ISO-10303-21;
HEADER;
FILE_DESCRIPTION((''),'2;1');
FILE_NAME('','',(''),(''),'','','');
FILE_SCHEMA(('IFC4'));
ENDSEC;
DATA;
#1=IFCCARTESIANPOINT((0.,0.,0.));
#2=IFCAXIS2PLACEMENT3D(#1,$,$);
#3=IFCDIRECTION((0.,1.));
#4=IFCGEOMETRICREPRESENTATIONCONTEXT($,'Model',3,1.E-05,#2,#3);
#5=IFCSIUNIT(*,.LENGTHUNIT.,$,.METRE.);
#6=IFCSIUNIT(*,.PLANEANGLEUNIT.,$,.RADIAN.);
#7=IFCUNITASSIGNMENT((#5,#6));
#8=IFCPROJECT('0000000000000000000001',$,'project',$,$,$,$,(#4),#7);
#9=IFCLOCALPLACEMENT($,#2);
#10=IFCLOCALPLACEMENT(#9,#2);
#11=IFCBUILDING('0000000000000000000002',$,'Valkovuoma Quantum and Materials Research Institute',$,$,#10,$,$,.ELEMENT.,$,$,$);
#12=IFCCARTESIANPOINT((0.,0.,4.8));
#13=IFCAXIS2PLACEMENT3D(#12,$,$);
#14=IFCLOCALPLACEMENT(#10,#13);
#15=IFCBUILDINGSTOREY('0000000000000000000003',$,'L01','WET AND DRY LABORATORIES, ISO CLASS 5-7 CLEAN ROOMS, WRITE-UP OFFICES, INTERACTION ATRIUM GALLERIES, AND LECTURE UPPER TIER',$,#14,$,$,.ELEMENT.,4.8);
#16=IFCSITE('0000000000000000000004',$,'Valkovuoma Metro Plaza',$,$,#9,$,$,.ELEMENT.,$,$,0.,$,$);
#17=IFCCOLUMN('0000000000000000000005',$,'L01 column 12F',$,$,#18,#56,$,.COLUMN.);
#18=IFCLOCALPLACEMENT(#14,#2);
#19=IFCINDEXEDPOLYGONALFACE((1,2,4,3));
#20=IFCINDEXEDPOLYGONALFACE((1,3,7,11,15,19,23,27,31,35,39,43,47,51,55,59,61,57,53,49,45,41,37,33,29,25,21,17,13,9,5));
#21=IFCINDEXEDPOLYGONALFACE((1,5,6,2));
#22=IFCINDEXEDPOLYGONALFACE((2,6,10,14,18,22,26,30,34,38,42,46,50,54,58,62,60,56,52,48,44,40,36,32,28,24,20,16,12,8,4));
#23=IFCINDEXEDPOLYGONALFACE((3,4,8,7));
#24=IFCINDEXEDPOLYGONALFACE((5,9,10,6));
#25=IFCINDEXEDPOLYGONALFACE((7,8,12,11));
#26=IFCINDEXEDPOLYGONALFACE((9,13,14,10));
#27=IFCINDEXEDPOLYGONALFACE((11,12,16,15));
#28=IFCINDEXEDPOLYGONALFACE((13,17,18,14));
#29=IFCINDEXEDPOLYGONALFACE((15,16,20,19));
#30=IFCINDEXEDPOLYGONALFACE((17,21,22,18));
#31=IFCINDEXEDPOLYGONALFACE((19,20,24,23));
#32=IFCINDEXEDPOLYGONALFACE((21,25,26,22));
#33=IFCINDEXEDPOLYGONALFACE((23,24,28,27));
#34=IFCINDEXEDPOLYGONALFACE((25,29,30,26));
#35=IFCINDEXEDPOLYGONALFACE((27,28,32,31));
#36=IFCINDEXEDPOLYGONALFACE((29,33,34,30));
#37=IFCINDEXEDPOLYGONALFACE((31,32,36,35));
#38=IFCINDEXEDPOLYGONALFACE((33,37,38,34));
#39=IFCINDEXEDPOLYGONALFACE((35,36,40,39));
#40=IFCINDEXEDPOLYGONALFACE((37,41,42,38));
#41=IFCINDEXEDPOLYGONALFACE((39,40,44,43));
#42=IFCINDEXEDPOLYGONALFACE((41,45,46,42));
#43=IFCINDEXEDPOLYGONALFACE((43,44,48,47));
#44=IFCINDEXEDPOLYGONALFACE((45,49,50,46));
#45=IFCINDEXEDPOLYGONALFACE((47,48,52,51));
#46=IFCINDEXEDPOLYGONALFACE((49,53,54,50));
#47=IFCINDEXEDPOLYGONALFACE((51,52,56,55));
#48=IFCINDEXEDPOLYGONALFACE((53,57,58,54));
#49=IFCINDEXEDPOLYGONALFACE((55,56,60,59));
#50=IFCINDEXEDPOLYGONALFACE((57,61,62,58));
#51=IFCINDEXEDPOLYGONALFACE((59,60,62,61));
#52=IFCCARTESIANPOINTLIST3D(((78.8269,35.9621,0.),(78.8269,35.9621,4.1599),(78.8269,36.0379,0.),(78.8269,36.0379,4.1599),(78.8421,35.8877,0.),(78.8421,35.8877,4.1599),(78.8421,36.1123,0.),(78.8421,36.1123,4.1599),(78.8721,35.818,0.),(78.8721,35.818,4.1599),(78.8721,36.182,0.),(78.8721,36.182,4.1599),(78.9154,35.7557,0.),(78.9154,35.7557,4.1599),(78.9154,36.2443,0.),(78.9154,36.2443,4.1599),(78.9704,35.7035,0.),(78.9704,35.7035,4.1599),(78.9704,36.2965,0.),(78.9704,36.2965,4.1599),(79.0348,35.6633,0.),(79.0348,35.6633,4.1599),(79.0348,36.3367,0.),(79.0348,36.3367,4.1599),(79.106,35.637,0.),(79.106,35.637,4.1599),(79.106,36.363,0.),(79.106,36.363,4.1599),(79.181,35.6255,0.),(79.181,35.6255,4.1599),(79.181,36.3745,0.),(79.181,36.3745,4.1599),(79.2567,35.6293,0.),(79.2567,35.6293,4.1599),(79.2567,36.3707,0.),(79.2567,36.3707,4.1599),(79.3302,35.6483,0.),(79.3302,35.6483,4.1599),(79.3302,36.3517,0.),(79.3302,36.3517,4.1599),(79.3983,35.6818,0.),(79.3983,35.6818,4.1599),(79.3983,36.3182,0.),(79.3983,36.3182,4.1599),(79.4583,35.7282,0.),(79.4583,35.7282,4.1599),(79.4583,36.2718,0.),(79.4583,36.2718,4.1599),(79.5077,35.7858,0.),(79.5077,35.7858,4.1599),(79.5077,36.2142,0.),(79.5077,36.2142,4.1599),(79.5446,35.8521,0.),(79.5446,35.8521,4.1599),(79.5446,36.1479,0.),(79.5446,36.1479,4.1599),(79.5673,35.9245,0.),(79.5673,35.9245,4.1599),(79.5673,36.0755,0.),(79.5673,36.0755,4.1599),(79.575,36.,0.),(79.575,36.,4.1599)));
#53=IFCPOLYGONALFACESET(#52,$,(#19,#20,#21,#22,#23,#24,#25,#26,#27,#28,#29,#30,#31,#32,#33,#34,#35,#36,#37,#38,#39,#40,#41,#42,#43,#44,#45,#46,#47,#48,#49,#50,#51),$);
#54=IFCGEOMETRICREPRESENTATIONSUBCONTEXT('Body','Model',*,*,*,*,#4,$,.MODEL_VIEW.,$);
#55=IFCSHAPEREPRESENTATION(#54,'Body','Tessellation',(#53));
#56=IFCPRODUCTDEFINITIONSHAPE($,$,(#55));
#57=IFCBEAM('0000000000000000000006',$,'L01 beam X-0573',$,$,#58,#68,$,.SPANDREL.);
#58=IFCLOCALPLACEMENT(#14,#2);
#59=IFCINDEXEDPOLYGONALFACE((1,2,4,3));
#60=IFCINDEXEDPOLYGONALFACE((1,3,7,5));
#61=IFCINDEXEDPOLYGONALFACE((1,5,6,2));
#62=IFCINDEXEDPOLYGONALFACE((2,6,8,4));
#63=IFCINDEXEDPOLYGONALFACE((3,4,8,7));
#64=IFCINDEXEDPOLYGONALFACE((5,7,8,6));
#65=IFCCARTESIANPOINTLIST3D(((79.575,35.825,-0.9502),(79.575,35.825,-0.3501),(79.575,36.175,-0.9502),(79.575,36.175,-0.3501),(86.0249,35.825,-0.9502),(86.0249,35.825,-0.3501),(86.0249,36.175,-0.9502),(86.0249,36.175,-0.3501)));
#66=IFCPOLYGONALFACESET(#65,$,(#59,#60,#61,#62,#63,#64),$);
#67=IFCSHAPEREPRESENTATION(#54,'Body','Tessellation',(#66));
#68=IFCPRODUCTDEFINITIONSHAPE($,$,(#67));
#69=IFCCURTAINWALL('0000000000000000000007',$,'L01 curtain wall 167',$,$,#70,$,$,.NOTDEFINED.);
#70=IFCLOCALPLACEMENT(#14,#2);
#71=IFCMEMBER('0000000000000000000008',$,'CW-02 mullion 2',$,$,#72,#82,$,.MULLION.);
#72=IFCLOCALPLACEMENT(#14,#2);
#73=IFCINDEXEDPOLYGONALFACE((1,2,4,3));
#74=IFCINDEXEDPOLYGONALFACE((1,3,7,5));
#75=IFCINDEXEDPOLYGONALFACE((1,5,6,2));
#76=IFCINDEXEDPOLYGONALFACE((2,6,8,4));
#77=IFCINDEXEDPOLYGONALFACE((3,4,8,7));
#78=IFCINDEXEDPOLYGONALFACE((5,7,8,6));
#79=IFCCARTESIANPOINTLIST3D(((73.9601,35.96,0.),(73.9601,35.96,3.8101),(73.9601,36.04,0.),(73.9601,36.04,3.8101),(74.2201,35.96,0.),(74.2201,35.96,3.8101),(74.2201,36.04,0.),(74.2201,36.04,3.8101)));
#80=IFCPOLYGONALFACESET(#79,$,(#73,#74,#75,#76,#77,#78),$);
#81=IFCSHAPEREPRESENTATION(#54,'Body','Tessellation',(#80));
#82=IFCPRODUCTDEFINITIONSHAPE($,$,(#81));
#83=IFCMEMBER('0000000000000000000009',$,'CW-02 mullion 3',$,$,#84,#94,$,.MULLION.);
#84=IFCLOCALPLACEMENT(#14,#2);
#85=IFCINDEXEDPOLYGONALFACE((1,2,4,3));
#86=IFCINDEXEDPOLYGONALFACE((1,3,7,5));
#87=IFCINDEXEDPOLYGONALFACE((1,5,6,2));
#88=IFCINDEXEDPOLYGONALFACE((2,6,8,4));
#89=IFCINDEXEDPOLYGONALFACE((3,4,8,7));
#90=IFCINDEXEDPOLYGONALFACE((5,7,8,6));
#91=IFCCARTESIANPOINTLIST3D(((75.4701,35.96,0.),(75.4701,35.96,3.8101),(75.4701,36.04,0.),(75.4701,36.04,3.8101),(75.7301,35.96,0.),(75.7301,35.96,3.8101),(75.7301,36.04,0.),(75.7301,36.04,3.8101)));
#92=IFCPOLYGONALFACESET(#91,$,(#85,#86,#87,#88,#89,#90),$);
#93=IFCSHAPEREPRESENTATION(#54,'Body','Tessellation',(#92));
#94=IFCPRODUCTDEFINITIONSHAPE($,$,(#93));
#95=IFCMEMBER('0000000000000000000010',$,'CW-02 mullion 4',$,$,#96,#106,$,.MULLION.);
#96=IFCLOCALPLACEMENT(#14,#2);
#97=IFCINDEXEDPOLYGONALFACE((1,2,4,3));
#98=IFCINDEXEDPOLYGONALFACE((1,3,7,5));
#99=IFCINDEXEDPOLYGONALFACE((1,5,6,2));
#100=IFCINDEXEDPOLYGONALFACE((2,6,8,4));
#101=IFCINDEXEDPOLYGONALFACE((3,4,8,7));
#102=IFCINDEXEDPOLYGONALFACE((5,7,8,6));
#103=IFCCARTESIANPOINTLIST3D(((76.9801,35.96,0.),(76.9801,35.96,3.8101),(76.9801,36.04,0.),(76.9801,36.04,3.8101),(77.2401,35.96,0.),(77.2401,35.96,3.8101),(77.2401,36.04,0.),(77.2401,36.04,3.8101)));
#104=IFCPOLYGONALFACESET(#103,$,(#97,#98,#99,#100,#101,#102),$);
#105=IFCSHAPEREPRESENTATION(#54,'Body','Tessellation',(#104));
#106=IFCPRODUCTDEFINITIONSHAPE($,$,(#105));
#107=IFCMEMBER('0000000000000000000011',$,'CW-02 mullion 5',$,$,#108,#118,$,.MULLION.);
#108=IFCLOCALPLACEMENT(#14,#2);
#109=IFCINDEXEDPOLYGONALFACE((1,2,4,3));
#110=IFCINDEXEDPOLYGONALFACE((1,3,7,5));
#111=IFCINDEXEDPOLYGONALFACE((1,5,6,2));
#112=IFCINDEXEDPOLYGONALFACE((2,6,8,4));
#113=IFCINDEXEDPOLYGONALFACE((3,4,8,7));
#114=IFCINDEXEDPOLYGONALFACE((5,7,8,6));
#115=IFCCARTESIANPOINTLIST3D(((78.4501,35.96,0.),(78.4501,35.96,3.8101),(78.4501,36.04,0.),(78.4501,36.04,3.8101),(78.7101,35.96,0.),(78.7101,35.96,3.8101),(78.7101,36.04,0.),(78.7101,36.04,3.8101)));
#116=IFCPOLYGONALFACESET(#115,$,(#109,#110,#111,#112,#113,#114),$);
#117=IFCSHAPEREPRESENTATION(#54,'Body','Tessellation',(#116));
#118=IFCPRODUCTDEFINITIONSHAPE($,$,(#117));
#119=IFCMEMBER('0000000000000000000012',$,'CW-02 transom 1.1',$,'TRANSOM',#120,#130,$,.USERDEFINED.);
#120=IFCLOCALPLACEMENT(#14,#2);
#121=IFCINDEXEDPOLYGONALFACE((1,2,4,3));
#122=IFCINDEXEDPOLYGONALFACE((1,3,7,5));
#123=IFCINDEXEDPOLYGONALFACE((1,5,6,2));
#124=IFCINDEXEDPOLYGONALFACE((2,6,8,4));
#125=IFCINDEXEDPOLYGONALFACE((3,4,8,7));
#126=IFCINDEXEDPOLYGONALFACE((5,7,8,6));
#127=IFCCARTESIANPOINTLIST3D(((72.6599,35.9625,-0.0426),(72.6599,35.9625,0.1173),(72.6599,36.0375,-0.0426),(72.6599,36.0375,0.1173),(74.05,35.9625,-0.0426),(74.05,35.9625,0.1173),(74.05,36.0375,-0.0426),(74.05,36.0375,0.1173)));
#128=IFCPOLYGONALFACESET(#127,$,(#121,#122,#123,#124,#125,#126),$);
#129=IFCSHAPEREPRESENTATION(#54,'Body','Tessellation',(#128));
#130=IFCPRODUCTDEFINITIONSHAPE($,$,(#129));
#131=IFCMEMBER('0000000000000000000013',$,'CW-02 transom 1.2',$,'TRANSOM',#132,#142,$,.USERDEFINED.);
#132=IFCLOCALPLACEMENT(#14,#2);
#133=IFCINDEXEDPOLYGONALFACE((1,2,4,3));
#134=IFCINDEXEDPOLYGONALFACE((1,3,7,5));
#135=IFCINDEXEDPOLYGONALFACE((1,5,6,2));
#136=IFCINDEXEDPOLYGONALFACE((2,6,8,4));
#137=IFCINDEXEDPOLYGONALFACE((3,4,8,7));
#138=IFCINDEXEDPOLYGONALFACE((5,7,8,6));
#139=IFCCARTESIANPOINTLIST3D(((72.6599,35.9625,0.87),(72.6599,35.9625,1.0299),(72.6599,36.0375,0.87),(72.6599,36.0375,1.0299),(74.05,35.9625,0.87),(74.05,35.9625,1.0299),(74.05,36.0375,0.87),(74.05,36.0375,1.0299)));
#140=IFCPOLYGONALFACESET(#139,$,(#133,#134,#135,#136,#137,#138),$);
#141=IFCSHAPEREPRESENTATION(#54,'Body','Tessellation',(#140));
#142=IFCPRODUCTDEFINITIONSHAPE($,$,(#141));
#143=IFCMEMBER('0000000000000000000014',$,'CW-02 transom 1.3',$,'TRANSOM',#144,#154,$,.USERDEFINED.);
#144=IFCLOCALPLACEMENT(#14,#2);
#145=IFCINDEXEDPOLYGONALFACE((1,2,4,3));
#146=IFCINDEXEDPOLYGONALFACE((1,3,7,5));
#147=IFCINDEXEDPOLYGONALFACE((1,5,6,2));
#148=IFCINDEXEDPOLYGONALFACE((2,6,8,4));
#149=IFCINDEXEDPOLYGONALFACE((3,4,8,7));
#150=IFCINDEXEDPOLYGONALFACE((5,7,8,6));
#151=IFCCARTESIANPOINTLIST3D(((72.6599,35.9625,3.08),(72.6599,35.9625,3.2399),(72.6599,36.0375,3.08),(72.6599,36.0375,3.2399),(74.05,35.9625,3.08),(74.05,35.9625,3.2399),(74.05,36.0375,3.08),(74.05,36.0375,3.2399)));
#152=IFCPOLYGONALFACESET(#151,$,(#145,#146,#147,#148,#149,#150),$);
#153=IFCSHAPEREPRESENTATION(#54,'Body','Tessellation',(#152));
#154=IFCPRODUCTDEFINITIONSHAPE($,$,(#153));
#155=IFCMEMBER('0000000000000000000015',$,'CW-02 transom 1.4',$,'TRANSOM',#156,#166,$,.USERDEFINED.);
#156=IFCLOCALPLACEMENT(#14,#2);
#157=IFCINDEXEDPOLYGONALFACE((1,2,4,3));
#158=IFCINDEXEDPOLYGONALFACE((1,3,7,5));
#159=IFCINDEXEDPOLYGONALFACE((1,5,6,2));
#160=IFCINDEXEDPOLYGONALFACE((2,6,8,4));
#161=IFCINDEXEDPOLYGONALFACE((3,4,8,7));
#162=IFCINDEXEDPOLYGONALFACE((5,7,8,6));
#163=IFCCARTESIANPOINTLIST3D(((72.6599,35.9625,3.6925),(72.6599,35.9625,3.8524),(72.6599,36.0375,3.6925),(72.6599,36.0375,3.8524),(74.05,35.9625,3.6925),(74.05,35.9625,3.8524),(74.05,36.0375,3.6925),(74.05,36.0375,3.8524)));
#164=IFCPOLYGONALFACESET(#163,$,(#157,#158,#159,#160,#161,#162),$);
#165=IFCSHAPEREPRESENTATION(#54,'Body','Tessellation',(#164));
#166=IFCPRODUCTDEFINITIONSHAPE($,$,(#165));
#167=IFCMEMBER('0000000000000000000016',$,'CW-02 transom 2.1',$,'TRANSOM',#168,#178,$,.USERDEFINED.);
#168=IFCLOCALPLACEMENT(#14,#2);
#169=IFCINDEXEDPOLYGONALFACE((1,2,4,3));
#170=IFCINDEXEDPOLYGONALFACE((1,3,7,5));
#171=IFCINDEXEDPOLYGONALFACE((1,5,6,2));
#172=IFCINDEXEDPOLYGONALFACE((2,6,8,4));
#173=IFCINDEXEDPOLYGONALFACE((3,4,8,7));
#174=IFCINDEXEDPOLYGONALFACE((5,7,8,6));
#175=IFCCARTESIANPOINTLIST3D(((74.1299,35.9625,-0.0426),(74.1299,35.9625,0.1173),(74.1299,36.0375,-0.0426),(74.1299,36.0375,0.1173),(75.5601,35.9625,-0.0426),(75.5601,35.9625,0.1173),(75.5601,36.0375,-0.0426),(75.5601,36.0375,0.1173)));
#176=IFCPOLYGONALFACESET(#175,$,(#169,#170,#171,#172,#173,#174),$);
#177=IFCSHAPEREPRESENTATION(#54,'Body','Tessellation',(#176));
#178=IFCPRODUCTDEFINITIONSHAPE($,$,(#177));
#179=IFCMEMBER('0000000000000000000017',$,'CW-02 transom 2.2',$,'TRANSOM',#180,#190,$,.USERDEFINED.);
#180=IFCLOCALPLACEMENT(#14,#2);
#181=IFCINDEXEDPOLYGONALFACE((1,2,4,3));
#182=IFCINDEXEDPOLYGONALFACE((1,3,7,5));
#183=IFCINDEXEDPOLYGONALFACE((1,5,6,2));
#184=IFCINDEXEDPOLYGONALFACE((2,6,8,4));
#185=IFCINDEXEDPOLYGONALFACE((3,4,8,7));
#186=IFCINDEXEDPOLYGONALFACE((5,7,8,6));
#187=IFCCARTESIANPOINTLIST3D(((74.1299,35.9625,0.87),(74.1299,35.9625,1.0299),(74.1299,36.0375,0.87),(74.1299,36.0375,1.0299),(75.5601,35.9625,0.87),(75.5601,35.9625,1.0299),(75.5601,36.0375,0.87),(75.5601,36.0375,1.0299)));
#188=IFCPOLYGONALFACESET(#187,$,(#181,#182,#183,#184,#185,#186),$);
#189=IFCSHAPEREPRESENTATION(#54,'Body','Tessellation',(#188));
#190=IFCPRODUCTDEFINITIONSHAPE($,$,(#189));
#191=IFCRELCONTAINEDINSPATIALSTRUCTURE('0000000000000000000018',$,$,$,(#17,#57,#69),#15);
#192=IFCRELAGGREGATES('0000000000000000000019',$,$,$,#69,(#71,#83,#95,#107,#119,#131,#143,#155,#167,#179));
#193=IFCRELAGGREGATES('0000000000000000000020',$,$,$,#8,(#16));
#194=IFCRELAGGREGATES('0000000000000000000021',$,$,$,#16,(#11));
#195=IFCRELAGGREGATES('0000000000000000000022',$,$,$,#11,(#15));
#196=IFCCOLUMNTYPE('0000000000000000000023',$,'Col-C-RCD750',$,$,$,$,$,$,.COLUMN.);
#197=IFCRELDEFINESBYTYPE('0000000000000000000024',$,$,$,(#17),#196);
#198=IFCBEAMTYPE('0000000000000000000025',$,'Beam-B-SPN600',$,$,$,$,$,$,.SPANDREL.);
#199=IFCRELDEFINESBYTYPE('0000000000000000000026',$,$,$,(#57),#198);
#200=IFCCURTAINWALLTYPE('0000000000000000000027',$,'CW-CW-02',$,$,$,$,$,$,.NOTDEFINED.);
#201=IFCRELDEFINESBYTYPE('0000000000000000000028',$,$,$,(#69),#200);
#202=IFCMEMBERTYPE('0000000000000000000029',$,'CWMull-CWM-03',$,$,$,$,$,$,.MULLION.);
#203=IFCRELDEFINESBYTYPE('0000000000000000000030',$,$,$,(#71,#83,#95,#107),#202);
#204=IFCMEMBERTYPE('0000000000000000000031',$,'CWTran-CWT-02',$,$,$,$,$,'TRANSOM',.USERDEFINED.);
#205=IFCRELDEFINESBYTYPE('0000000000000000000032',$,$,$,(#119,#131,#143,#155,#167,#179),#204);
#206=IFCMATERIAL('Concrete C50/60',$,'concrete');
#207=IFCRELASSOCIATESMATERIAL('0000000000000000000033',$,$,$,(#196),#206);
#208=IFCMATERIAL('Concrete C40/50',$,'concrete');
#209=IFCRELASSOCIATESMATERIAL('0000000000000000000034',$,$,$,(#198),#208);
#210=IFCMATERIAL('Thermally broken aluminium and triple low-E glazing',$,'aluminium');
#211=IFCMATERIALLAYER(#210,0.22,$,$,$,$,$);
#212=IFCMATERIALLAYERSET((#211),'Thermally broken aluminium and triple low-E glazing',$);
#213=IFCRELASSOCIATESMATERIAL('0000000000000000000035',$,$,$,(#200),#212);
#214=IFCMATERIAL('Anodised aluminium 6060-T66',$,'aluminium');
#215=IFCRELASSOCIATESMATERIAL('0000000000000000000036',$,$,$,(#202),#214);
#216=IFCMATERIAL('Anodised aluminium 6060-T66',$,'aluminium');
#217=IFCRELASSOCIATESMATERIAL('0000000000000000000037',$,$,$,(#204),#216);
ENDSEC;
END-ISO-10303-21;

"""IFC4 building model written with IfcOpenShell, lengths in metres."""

from ifc_helpers import new_model, si_unit, direction, frame, origin, origin_2d, place, context, subcontext, project, spatial, rectangle, circle, extrude, material, layer, layer_set, material_profile, profile_set, type_object, element, aggregate, save


model = new_model("IFC4")

# Units and contexts
model_context = context("Model", 3, precision=1e-05, world=origin(), true_north=direction((0.0, 1.0)))
body_context = subcontext(model_context, "Body", "Model", "MODEL_VIEW")
ifc_project = project(units=[si_unit("LENGTHUNIT", "METRE"), si_unit("PLANEANGLEUNIT", "RADIAN")], contexts=[model_context])

# Site, building, storey
site_placement = place(None, origin())
site = spatial("IfcSite", under=ifc_project, at=site_placement, Name="Valkovuoma Metro Plaza", CompositionType="ELEMENT", RefElevation=0.0)
building_placement = place(site_placement, origin())
building = spatial("IfcBuilding", under=site, at=building_placement, Name="Valkovuoma Quantum and Materials Research Institute", CompositionType="ELEMENT")
storey_placement = place(building_placement, frame((0.0, 0.0, 4.8)))
storey = spatial("IfcBuildingStorey", under=building, at=storey_placement, Name="L01", Description="WET AND DRY LABORATORIES, ISO CLASS 5-7 CLEAN ROOMS, WRITE-UP OFFICES, INTERACTION ATRIUM GALLERIES, AND LECTURE UPPER TIER", CompositionType="ELEMENT", Elevation=4.8)

# Column
ifc_material_1 = material(Name="Concrete C50/60", Category="concrete")
ifc_material_profile_1 = material_profile(ifc_material_1, circle(Radius=0.375, at=origin_2d()), Name="Concrete C50/60")
ifc_profile_set_1 = profile_set([ifc_material_profile_1], Name="Concrete C50/60")
column_type = type_object("IfcColumnType", Name="Col-C-RCD750", PredefinedType="COLUMN", material=ifc_profile_set_1)
column_placement = place(storey_placement, frame((79.2, 36.0, 0.0), z_axis=(0.0, 0.0, 1.0), x_axis=(1.0, 0.0, 0.0)))
element("IfcColumn", 1, at=column_placement, inside=storey, type_object=column_type, Name="L01 column 12F", PredefinedType="COLUMN", context=body_context, shape_type="SweptSolid", body=[
    extrude(circle(Radius=0.375, at=origin_2d()), origin(), (0.0, 0.0, 1.0), 4.1599),
])

# Beam
ifc_material_2 = material(Name="Concrete C40/50", Category="concrete")
ifc_material_profile_2 = material_profile(ifc_material_2, rectangle(XDim=0.3501, YDim=0.6001, at=origin_2d()), Name="Concrete C40/50")
ifc_profile_set_2 = profile_set([ifc_material_profile_2], Name="Concrete C40/50")
beam_type = type_object("IfcBeamType", Name="Beam-B-SPN600", PredefinedType="SPANDREL", material=ifc_profile_set_2)
beam_placement = place(storey_placement, frame((79.575, 36.0, -0.6501), z_axis=(1.0, 0.0, 0.0), x_axis=(0.0, 1.0, 0.0)))
element("IfcBeam", 2, at=beam_placement, inside=storey, type_object=beam_type, Name="L01 beam X-0573", PredefinedType="SPANDREL", context=body_context, shape_type="SweptSolid", body=[
    extrude(rectangle(XDim=0.3501, YDim=0.6001, at=origin_2d()), origin(), (0.0, 0.0, 1.0), 6.45),
])

# Curtain wall, members
ifc_material_3 = material(Name="Thermally broken aluminium and triple low-E glazing", Category="aluminium")
ifc_layer_1 = layer(ifc_material_3, 0.22)
ifc_layer_set_1 = layer_set([ifc_layer_1], Name="Thermally broken aluminium and triple low-E glazing")
curtain_wall_type = type_object("IfcCurtainWallType", Name="CW-CW-02", PredefinedType="NOTDEFINED", material=ifc_layer_set_1)
curtain_wall_placement = place(storey_placement, origin())
curtain_wall = element("IfcCurtainWall", 3, at=curtain_wall_placement, inside=storey, type_object=curtain_wall_type, Name="L01 curtain wall 167", PredefinedType="NOTDEFINED")
ifc_material_4 = material(Name="Anodised aluminium 6060-T66", Category="aluminium")
ifc_material_profile_3 = material_profile(ifc_material_4, rectangle(XDim=0.0801, YDim=0.26, at=origin_2d()), Name="Anodised aluminium 6060-T66")
ifc_profile_set_3 = profile_set([ifc_material_profile_3], Name="Anodised aluminium 6060-T66")
member_type_1 = type_object("IfcMemberType", Name="CWMull-CWM-03", PredefinedType="MULLION", material=ifc_profile_set_3)
member_1_placement = place(storey_placement, frame((74.0901, 36.0, 0.0), z_axis=(0.0, 0.0, 1.0), x_axis=(0.0, 1.0, 0.0)))
member_1 = element("IfcMember", 4, at=member_1_placement, type_object=member_type_1, Name="CW-02 mullion 2", PredefinedType="MULLION", context=body_context, shape_type="SweptSolid", body=[
    extrude(rectangle(XDim=0.0801, YDim=0.26, at=origin_2d()), origin(), (0.0, 0.0, 1.0), 3.8101),
])
member_2_placement = place(storey_placement, frame((75.6001, 36.0, 0.0), z_axis=(0.0, 0.0, 1.0), x_axis=(0.0, 1.0, 0.0)))
member_2 = element("IfcMember", 5, at=member_2_placement, type_object=member_type_1, Name="CW-02 mullion 3", PredefinedType="MULLION", context=body_context, shape_type="SweptSolid", body=[
    extrude(rectangle(XDim=0.0801, YDim=0.26, at=origin_2d()), origin(), (0.0, 0.0, 1.0), 3.8101),
])
member_3_placement = place(storey_placement, frame((77.1101, 36.0, 0.0), z_axis=(0.0, 0.0, 1.0), x_axis=(0.0, 1.0, 0.0)))
member_3 = element("IfcMember", 6, at=member_3_placement, type_object=member_type_1, Name="CW-02 mullion 4", PredefinedType="MULLION", context=body_context, shape_type="SweptSolid", body=[
    extrude(rectangle(XDim=0.0801, YDim=0.26, at=origin_2d()), origin(), (0.0, 0.0, 1.0), 3.8101),
])
member_4_placement = place(storey_placement, frame((78.5801, 36.0, 0.0), z_axis=(0.0, 0.0, 1.0), x_axis=(0.0, 1.0, 0.0)))
member_4 = element("IfcMember", 7, at=member_4_placement, type_object=member_type_1, Name="CW-02 mullion 5", PredefinedType="MULLION", context=body_context, shape_type="SweptSolid", body=[
    extrude(rectangle(XDim=0.0801, YDim=0.26, at=origin_2d()), origin(), (0.0, 0.0, 1.0), 3.8101),
])
ifc_material_5 = material(Name="Anodised aluminium 6060-T66", Category="aluminium")
ifc_material_profile_4 = material_profile(ifc_material_5, rectangle(XDim=0.075, YDim=0.1599, at=origin_2d()), Name="Anodised aluminium 6060-T66")
ifc_profile_set_4 = profile_set([ifc_material_profile_4], Name="Anodised aluminium 6060-T66")
member_type_2 = type_object("IfcMemberType", Name="CWTran-CWT-02", ElementType="TRANSOM", PredefinedType="USERDEFINED", material=ifc_profile_set_4)
member_5_placement = place(storey_placement, frame((72.6599, 36.0, 0.0374), z_axis=(1.0, 0.0, 0.0), x_axis=(0.0, 1.0, 0.0)))
member_5 = element("IfcMember", 8, at=member_5_placement, type_object=member_type_2, Name="CW-02 transom 1.1", ObjectType="TRANSOM", PredefinedType="USERDEFINED", context=body_context, shape_type="SweptSolid", body=[
    extrude(rectangle(XDim=0.075, YDim=0.1599, at=origin_2d()), origin(), (0.0, 0.0, 1.0), 1.3901),
])
member_6_placement = place(storey_placement, frame((72.6599, 36.0, 0.95), z_axis=(1.0, 0.0, 0.0), x_axis=(0.0, 1.0, 0.0)))
member_6 = element("IfcMember", 9, at=member_6_placement, type_object=member_type_2, Name="CW-02 transom 1.2", ObjectType="TRANSOM", PredefinedType="USERDEFINED", context=body_context, shape_type="SweptSolid", body=[
    extrude(rectangle(XDim=0.075, YDim=0.1599, at=origin_2d()), origin(), (0.0, 0.0, 1.0), 1.3901),
])
member_7_placement = place(storey_placement, frame((72.6599, 36.0, 3.1599), z_axis=(1.0, 0.0, 0.0), x_axis=(0.0, 1.0, 0.0)))
member_7 = element("IfcMember", 10, at=member_7_placement, type_object=member_type_2, Name="CW-02 transom 1.3", ObjectType="TRANSOM", PredefinedType="USERDEFINED", context=body_context, shape_type="SweptSolid", body=[
    extrude(rectangle(XDim=0.075, YDim=0.1599, at=origin_2d()), origin(), (0.0, 0.0, 1.0), 1.3901),
])
member_8_placement = place(storey_placement, frame((72.6599, 36.0, 3.7725), z_axis=(1.0, 0.0, 0.0), x_axis=(0.0, 1.0, 0.0)))
member_8 = element("IfcMember", 11, at=member_8_placement, type_object=member_type_2, Name="CW-02 transom 1.4", ObjectType="TRANSOM", PredefinedType="USERDEFINED", context=body_context, shape_type="SweptSolid", body=[
    extrude(rectangle(XDim=0.075, YDim=0.1599, at=origin_2d()), origin(), (0.0, 0.0, 1.0), 1.3901),
])
member_9_placement = place(storey_placement, frame((74.1299, 36.0, 0.0374), z_axis=(1.0, 0.0, 0.0), x_axis=(0.0, 1.0, 0.0)))
member_9 = element("IfcMember", 12, at=member_9_placement, type_object=member_type_2, Name="CW-02 transom 2.1", ObjectType="TRANSOM", PredefinedType="USERDEFINED", context=body_context, shape_type="SweptSolid", body=[
    extrude(rectangle(XDim=0.075, YDim=0.1599, at=origin_2d()), origin(), (0.0, 0.0, 1.0), 1.4302),
])
member_10_placement = place(storey_placement, frame((74.1299, 36.0, 0.95), z_axis=(1.0, 0.0, 0.0), x_axis=(0.0, 1.0, 0.0)))
member_10 = element("IfcMember", 13, at=member_10_placement, type_object=member_type_2, Name="CW-02 transom 2.2", ObjectType="TRANSOM", PredefinedType="USERDEFINED", context=body_context, shape_type="SweptSolid", body=[
    extrude(rectangle(XDim=0.075, YDim=0.1599, at=origin_2d()), origin(), (0.0, 0.0, 1.0), 1.4302),
])
aggregate(curtain_wall, [member_1, member_2, member_3, member_4, member_5, member_6, member_7, member_8, member_9, member_10])

save(model, "model.ifc")
